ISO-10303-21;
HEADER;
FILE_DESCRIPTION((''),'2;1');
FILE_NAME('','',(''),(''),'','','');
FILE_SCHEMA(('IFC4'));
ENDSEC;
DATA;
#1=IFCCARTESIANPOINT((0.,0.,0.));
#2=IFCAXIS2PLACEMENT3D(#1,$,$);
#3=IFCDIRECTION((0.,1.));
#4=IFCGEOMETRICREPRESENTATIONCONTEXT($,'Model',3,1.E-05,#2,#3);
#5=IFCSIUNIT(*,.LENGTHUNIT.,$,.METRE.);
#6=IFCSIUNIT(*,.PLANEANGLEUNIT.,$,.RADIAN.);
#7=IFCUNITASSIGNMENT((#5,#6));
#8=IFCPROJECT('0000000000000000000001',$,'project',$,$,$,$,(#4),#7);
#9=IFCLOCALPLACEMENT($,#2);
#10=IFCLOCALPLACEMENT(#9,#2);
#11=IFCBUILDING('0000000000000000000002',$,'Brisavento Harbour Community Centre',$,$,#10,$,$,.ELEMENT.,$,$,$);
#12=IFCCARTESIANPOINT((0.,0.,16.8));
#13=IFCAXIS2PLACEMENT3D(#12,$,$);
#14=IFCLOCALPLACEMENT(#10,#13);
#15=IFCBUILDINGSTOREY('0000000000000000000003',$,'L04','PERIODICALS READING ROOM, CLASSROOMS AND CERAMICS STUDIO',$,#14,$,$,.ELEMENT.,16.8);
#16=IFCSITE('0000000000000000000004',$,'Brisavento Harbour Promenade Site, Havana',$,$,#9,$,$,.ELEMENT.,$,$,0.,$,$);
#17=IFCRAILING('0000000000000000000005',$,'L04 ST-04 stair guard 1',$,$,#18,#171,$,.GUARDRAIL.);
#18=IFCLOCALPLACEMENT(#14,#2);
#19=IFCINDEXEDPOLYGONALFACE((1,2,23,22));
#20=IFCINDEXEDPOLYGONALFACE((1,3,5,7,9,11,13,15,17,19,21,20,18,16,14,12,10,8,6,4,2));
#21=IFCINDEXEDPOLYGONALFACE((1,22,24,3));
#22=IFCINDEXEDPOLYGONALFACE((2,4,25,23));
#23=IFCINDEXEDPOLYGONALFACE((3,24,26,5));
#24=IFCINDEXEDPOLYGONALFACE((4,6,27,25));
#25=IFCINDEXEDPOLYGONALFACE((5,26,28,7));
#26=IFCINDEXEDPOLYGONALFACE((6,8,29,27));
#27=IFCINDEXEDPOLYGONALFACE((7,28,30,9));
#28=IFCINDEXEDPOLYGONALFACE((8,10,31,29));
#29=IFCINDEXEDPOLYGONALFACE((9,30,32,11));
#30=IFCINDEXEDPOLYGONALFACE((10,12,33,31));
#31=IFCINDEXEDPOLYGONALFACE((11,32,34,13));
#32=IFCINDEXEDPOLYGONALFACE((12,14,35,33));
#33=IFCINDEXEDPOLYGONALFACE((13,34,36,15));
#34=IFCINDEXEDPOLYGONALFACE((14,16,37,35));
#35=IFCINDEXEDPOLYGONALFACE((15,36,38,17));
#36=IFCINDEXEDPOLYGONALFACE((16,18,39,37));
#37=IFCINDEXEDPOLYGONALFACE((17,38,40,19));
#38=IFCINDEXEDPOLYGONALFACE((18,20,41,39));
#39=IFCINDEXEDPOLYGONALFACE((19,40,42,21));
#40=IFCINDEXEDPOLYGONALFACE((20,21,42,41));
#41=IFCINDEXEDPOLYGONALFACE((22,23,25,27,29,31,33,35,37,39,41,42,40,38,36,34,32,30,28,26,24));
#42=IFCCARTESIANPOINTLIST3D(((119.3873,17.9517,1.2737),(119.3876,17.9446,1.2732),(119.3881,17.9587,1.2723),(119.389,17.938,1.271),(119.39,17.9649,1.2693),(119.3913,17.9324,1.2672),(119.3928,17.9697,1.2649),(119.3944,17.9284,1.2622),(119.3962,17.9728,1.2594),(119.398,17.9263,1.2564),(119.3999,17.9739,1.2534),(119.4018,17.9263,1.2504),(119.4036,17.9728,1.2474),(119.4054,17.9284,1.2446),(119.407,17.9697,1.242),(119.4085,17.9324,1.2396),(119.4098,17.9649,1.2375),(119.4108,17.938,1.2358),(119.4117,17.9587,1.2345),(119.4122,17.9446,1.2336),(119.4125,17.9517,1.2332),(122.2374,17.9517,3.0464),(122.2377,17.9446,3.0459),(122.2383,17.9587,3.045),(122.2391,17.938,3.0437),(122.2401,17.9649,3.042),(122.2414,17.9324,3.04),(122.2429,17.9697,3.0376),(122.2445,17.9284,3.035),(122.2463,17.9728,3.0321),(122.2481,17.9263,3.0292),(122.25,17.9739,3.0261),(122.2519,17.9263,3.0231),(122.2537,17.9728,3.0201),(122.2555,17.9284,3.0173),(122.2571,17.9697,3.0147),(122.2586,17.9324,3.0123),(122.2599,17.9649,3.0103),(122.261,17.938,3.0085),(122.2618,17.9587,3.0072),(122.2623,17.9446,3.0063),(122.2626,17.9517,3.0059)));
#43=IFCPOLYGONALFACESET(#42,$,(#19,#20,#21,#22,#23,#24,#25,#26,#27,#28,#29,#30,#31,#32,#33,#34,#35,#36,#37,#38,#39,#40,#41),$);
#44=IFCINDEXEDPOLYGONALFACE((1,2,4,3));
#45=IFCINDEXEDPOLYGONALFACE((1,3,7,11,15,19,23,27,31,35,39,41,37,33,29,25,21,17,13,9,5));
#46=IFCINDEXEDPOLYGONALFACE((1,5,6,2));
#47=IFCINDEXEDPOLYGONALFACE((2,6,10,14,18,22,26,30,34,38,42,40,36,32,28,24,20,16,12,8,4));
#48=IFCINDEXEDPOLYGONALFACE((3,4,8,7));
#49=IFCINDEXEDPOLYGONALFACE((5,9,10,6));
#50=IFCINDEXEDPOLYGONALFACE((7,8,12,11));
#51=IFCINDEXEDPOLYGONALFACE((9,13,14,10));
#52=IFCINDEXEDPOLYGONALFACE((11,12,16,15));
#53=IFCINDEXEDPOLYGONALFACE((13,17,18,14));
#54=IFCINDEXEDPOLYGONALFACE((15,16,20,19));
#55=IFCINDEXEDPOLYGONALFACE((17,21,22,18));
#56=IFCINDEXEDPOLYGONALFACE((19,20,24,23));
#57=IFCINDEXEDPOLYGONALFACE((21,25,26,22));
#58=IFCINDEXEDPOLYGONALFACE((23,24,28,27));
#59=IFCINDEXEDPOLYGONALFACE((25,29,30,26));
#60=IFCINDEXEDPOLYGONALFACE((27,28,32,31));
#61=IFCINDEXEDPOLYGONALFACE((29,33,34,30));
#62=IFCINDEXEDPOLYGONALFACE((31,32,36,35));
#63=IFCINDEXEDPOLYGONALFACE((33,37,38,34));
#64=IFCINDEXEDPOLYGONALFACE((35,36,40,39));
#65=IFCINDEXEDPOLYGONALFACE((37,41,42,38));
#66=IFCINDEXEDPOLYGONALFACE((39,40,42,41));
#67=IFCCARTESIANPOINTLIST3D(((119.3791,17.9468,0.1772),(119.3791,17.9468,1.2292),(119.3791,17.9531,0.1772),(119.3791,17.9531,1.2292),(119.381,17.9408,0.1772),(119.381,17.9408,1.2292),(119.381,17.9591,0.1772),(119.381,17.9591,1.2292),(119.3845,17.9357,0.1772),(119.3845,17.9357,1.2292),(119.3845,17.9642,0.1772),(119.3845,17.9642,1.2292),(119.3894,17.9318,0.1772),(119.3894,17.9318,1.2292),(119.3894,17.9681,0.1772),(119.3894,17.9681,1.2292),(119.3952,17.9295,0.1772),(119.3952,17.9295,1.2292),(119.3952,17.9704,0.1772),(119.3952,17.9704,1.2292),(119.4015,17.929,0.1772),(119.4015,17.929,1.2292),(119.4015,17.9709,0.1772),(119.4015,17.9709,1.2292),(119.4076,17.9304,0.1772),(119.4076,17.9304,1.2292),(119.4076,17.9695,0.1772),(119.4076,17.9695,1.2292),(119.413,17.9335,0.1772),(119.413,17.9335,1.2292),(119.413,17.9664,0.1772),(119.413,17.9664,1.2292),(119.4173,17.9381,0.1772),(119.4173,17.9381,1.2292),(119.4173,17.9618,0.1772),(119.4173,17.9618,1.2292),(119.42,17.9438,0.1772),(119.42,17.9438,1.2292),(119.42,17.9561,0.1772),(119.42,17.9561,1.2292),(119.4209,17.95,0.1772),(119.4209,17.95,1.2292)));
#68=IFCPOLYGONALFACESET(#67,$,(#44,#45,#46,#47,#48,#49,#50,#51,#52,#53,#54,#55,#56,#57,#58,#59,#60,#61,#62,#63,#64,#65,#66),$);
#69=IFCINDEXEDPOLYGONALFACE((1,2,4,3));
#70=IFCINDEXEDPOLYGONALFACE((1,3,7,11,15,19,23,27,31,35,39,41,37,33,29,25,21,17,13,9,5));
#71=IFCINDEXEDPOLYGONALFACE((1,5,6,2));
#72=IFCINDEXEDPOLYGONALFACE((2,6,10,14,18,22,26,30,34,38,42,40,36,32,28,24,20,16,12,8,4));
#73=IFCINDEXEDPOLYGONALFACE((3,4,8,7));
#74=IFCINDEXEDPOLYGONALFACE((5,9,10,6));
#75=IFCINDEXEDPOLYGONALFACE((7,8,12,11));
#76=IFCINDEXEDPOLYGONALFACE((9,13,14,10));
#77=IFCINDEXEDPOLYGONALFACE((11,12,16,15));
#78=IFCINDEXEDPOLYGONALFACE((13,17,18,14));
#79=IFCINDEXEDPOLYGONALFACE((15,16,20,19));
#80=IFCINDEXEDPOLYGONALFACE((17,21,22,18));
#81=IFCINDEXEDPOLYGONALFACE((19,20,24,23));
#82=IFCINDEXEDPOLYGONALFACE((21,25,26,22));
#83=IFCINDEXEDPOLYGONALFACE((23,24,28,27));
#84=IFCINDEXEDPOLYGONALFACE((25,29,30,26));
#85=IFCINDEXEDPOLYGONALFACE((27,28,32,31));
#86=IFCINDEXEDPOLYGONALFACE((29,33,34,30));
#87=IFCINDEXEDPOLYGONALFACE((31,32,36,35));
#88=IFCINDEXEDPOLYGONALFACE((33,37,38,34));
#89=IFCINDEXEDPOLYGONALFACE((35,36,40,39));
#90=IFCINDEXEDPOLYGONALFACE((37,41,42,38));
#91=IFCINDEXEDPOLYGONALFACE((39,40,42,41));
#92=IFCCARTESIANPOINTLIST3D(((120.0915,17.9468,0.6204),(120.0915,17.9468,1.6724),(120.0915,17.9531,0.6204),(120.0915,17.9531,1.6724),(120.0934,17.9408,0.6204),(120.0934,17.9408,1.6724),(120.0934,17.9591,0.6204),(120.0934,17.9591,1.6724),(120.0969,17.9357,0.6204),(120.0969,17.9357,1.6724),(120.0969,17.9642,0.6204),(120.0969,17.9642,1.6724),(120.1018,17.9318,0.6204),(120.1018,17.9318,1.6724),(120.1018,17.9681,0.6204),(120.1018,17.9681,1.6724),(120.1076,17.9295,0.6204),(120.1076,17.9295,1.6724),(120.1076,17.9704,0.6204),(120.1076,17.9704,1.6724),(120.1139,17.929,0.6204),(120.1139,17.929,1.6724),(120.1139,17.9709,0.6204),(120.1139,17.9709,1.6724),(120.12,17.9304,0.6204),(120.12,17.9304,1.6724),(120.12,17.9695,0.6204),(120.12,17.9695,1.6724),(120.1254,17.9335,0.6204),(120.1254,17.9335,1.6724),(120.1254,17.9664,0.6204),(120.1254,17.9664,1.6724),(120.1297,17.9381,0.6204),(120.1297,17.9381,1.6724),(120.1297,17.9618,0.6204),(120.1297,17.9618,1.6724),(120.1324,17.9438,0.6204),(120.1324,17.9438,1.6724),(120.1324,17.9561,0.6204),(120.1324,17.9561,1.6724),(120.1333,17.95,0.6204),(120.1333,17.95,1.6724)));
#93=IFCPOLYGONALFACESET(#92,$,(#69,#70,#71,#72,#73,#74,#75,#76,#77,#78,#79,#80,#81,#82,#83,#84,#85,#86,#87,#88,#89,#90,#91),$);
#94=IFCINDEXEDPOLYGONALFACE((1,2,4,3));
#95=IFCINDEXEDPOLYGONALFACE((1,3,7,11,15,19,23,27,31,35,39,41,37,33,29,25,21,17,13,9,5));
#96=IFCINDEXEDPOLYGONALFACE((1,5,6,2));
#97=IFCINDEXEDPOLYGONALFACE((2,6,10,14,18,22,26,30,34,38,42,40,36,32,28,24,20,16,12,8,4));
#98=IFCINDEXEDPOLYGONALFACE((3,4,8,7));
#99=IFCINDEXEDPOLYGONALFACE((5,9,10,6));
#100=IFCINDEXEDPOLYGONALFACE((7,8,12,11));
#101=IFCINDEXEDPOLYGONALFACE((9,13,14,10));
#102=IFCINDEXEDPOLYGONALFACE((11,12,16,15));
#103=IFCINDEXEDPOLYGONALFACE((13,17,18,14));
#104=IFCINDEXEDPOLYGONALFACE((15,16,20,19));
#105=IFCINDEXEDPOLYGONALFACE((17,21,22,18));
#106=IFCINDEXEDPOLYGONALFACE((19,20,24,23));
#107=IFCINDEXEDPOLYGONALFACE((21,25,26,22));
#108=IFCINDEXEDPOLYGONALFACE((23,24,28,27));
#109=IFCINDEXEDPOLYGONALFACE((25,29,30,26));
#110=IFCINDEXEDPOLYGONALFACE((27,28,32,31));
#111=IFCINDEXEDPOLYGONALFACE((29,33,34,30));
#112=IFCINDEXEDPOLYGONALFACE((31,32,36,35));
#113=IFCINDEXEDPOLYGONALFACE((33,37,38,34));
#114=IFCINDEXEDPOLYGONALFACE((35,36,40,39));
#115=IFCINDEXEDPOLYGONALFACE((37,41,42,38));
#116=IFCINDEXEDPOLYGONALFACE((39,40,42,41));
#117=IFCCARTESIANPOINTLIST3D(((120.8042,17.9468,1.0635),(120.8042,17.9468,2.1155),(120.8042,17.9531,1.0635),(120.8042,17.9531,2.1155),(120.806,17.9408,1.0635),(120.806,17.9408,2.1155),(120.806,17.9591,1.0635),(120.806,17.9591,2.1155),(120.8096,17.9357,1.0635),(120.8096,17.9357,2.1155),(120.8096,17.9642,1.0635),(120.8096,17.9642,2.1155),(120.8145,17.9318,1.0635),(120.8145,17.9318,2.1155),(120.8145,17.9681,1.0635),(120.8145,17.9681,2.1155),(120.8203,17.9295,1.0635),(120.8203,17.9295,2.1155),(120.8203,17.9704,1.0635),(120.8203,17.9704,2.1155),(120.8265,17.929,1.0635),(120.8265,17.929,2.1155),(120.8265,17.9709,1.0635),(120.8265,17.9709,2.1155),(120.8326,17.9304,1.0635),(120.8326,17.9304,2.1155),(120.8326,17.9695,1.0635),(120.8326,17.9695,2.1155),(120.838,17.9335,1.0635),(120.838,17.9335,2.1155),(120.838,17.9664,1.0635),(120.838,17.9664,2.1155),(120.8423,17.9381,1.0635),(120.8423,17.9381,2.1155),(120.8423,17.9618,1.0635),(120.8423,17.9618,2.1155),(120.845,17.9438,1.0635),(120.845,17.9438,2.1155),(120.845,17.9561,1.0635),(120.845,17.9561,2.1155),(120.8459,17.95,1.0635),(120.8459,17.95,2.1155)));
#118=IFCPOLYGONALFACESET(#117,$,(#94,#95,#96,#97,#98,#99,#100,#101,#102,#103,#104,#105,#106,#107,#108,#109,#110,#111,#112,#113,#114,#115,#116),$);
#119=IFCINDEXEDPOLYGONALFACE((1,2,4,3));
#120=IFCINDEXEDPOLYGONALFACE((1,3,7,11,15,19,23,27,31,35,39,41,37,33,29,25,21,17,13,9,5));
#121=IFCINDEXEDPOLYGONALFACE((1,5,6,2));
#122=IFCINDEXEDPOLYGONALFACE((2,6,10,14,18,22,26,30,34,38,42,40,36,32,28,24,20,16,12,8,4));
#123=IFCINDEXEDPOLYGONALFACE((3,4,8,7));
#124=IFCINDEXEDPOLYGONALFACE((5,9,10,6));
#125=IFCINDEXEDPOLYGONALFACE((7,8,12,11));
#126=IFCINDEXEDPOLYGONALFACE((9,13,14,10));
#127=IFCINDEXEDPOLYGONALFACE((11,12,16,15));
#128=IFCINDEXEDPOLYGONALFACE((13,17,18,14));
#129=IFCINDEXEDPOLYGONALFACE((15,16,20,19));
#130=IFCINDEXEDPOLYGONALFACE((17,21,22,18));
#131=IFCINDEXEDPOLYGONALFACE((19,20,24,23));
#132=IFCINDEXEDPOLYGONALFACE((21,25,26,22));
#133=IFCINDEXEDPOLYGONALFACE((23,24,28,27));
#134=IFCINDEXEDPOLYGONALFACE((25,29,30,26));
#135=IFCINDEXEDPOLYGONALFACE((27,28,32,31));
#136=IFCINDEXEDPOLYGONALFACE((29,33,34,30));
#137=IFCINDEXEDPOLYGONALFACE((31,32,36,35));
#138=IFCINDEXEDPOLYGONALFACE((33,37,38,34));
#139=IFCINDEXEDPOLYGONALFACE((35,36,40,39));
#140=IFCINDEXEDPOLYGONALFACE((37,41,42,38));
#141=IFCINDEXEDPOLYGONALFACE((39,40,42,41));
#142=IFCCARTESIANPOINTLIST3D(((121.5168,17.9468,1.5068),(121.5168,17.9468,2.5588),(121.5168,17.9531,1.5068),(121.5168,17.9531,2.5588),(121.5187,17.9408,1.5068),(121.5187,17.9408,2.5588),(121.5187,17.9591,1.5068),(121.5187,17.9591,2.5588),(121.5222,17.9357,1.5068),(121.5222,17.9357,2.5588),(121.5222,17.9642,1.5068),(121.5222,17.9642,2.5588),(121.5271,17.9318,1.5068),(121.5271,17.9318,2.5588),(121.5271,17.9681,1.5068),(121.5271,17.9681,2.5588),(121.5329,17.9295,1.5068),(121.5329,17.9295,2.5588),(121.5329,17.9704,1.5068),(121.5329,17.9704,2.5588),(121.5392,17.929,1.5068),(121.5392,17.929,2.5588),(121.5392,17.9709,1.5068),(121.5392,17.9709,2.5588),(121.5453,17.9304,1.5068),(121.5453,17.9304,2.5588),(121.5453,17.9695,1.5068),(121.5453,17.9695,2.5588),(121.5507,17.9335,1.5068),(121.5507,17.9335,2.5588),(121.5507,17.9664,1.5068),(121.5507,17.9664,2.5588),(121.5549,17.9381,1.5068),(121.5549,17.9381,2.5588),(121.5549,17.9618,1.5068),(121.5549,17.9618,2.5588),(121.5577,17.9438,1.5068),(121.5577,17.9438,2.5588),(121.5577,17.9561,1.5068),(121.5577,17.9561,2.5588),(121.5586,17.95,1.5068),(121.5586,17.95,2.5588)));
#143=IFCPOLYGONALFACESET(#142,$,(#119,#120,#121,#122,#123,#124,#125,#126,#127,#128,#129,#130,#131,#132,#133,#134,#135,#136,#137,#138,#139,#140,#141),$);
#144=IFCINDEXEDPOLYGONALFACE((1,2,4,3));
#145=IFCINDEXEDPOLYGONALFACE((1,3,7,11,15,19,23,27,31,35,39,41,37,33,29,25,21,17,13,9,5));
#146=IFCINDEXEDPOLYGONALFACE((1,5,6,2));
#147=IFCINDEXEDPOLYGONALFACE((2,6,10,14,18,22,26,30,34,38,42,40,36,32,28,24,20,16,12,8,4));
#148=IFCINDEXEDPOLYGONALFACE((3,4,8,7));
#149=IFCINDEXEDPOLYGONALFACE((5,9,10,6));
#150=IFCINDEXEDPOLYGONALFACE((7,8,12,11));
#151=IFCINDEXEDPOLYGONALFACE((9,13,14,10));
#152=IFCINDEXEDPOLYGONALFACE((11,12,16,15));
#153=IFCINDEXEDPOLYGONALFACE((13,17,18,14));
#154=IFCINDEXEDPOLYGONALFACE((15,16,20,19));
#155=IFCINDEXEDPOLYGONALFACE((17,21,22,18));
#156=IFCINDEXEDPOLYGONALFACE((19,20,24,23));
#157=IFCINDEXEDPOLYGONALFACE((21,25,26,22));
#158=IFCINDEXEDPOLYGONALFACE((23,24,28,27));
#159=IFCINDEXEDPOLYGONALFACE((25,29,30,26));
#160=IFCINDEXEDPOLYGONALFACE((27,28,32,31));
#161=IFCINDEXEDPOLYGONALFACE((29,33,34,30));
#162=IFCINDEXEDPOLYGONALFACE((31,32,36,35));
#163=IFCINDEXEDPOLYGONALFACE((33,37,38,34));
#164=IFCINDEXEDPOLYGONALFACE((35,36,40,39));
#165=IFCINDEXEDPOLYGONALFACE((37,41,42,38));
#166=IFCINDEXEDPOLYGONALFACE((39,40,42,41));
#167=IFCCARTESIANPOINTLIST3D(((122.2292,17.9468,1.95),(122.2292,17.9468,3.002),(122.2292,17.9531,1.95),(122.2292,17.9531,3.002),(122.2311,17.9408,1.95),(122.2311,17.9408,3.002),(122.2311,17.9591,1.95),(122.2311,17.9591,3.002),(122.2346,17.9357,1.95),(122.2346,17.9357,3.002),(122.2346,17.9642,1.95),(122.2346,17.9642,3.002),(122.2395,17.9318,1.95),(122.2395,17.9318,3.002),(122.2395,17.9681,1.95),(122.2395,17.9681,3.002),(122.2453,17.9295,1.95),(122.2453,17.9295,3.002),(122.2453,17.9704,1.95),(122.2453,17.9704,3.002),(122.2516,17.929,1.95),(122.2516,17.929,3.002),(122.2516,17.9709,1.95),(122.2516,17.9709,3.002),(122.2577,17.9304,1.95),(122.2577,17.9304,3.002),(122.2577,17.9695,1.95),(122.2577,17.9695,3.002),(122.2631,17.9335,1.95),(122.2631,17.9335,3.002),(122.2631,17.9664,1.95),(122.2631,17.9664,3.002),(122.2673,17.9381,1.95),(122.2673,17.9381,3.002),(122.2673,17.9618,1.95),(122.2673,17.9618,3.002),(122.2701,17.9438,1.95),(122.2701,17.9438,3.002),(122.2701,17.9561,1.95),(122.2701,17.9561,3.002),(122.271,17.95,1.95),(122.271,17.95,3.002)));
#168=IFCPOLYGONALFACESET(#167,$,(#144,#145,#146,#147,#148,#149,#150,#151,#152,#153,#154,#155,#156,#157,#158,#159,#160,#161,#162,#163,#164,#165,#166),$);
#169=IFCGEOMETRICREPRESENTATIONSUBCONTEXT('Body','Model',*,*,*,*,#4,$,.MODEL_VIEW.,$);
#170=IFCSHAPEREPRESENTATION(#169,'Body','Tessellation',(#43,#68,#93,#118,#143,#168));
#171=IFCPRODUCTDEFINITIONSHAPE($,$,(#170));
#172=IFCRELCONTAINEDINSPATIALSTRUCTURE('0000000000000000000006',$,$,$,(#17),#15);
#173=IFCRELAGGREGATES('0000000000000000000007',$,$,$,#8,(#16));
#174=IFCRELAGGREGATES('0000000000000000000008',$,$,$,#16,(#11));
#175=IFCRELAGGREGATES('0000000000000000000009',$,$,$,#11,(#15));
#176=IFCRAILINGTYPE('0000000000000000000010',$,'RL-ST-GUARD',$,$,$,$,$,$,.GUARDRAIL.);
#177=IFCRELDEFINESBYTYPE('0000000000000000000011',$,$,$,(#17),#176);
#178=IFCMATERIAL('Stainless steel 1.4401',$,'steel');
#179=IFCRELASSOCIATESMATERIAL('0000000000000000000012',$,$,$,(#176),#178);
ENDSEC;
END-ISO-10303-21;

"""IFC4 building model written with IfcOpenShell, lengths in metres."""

from ifc_helpers import new_model, si_unit, direction, frame, origin, origin_2d, place, context, subcontext, project, spatial, circle, extrude, material, type_object, element, save


model = new_model("IFC4")

# Units and contexts
model_context = context("Model", 3, precision=1e-05, world=origin(), true_north=direction((0.0, 1.0)))
body_context = subcontext(model_context, "Body", "Model", "MODEL_VIEW")
ifc_project = project(units=[si_unit("LENGTHUNIT", "METRE"), si_unit("PLANEANGLEUNIT", "RADIAN")], contexts=[model_context])

# Site, building, storey
site_placement = place(None, origin())
site = spatial("IfcSite", under=ifc_project, at=site_placement, Name="Brisavento Harbour Promenade Site, Havana", CompositionType="ELEMENT", RefElevation=0.0)
building_placement = place(site_placement, origin())
building = spatial("IfcBuilding", under=site, at=building_placement, Name="Brisavento Harbour Community Centre", CompositionType="ELEMENT")
storey_placement = place(building_placement, frame((0.0, 0.0, 16.8)))
storey = spatial("IfcBuildingStorey", under=building, at=storey_placement, Name="L04", Description="PERIODICALS READING ROOM, CLASSROOMS AND CERAMICS STUDIO", CompositionType="ELEMENT", Elevation=16.8)

# Shared definitions
ifc_material_1 = material(Name="Stainless steel 1.4401", Category="steel")

# Railing
railing_type_1 = type_object("IfcRailingType", Name="RL-ST-GUARD", PredefinedType="GUARDRAIL", material=ifc_material_1)
railing_1_placement = place(storey_placement, frame((119.3999, 17.95, 0.1772)))
element("IfcRailing", 1, at=railing_1_placement, inside=storey, type_object=railing_type_1, Name="L04 ST-04 stair guard 1", PredefinedType="GUARDRAIL", context=body_context, shape_type="SweptSolid", body=[
    extrude(circle(Radius=0.0239, at=origin_2d()), frame((0.0, 0.0, 1.0762), z_axis=(0.849149, 0.0, 0.528154), x_axis=(0.0, 1.0, 0.0)), (0.0, 0.0, 1.0), 3.3564),
    extrude(circle(Radius=0.021, at=origin_2d()), origin(), (0.0, 0.0, 1.0), 1.052),
    extrude(circle(Radius=0.021, at=origin_2d()), frame((0.7124, 0.0, 0.4431)), (0.0, 0.0, 1.0), 1.052),
    extrude(circle(Radius=0.021, at=origin_2d()), frame((1.425, 0.0, 0.8862)), (0.0, 0.0, 1.0), 1.052),
    extrude(circle(Radius=0.021, at=origin_2d()), frame((2.1377, 0.0, 1.3296)), (0.0, 0.0, 1.0), 1.052),
    extrude(circle(Radius=0.021, at=origin_2d()), frame((2.8501, 0.0, 1.7727)), (0.0, 0.0, 1.0), 1.052),
])

save(model, "model.ifc")
